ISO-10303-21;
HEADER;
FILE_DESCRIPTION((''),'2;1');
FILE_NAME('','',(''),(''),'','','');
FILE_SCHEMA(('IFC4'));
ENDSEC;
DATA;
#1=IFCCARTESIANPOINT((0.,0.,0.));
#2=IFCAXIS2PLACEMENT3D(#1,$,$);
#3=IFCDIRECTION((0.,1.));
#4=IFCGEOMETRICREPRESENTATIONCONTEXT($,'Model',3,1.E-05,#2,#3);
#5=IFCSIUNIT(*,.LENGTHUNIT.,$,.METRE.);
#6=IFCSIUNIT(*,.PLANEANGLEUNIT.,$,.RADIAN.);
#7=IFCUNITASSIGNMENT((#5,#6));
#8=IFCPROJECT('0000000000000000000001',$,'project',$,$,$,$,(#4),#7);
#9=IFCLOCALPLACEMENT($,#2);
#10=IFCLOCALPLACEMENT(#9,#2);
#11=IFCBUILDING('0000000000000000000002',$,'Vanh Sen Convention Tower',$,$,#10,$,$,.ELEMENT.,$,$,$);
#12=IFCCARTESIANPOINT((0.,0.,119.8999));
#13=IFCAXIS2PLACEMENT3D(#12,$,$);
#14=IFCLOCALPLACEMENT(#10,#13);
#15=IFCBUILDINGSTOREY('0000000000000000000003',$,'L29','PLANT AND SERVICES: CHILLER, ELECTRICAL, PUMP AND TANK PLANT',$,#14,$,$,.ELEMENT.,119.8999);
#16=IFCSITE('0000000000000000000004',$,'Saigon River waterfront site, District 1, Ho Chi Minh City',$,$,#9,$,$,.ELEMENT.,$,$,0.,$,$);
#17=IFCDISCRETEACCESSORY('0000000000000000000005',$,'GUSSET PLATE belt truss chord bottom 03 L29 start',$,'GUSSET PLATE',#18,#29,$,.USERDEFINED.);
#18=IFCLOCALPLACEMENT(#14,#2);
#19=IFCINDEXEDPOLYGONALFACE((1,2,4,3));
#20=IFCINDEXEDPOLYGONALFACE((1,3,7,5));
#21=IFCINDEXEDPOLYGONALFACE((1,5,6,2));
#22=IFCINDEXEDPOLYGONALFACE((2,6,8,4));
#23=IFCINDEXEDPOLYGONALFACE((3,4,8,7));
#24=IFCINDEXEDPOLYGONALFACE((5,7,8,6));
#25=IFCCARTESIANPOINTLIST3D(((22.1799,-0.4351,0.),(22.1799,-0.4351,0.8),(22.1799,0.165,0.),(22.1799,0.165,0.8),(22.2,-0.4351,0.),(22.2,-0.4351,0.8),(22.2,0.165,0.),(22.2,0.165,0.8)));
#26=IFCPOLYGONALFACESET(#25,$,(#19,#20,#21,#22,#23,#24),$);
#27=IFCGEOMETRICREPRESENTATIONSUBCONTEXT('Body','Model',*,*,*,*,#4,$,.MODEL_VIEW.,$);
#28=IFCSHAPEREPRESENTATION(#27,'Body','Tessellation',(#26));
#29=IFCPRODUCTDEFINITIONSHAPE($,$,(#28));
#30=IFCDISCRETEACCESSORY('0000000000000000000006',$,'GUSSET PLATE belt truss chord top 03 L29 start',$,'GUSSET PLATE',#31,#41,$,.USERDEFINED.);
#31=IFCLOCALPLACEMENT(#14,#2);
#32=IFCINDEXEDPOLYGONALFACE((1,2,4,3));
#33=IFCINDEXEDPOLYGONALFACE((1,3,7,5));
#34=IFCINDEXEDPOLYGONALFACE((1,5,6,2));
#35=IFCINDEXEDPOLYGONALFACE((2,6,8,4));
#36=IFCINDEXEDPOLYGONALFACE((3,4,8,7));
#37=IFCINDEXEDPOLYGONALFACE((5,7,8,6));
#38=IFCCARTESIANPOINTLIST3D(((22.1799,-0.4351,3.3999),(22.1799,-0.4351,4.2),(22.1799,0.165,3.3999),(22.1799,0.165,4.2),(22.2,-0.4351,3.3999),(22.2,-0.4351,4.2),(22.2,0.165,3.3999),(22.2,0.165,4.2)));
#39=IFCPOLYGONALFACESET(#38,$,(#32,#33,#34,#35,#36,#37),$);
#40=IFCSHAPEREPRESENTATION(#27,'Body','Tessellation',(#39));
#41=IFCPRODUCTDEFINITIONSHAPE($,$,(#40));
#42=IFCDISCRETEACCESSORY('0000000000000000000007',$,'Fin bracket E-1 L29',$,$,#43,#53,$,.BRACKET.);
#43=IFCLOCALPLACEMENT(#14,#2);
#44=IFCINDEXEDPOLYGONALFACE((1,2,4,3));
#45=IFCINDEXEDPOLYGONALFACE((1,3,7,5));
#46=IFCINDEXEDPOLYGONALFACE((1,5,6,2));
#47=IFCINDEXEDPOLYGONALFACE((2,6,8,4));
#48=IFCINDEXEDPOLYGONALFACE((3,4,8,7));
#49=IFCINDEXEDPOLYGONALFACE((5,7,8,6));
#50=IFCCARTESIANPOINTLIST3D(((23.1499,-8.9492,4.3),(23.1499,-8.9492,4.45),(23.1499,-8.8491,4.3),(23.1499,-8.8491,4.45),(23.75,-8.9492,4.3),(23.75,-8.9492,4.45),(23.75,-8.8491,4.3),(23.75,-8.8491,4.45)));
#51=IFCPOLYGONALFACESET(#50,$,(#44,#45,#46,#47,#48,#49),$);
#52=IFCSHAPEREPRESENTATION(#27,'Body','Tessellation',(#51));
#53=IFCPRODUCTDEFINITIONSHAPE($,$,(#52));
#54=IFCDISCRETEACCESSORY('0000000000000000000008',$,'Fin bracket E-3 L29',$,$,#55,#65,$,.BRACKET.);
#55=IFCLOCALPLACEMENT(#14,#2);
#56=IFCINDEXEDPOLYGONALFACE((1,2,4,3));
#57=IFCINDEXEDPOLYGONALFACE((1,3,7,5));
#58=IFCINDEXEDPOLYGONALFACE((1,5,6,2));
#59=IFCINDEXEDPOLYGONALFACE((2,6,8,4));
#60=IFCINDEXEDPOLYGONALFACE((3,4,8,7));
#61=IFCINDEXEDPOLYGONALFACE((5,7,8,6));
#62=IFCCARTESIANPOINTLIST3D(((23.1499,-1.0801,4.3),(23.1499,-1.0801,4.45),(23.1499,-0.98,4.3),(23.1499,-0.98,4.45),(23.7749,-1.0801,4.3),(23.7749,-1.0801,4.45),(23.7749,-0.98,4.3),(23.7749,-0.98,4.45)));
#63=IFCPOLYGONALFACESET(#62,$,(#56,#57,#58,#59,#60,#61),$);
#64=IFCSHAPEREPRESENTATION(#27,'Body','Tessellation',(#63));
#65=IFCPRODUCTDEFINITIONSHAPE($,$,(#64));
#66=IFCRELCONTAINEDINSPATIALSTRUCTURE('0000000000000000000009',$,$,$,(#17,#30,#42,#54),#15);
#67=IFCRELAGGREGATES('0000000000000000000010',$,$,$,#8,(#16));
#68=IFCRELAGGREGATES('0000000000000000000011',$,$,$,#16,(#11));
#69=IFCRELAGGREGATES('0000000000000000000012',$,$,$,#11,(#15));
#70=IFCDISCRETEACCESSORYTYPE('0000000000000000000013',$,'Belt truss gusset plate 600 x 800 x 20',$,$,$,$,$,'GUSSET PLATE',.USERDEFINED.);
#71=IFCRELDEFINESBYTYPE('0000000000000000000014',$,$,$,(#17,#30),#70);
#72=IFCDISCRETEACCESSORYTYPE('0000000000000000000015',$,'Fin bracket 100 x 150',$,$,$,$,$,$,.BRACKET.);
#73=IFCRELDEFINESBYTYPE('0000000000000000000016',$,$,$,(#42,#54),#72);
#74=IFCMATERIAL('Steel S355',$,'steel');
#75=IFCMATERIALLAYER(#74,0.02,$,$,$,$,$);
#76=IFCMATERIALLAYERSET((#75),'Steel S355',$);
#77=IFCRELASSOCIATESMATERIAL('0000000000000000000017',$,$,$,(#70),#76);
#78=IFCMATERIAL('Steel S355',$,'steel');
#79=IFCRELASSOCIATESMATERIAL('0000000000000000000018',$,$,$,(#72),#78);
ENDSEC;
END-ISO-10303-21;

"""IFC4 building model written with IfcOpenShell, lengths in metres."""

from ifc_helpers import new_model, si_unit, direction, frame, origin, origin_2d, place, context, subcontext, project, spatial, rectangle, extrude, material, layer, layer_set, type_object, element, save


model = new_model("IFC4")

# Units and contexts
model_context = context("Model", 3, precision=1e-05, world=origin(), true_north=direction((0.0, 1.0)))
body_context = subcontext(model_context, "Body", "Model", "MODEL_VIEW")
ifc_project = project(units=[si_unit("LENGTHUNIT", "METRE"), si_unit("PLANEANGLEUNIT", "RADIAN")], contexts=[model_context])

# Site, building, storey
site_placement = place(None, origin())
site = spatial("IfcSite", under=ifc_project, at=site_placement, Name="Saigon River waterfront site, District 1, Ho Chi Minh City", CompositionType="ELEMENT", RefElevation=0.0)
building_placement = place(site_placement, origin())
building = spatial("IfcBuilding", under=site, at=building_placement, Name="Vanh Sen Convention Tower", CompositionType="ELEMENT")
storey_placement = place(building_placement, frame((0.0, 0.0, 119.8999)))
storey = spatial("IfcBuildingStorey", under=building, at=storey_placement, Name="L29", Description="PLANT AND SERVICES: CHILLER, ELECTRICAL, PUMP AND TANK PLANT", CompositionType="ELEMENT", Elevation=119.8999)

# Shared definitions
ifc_material_1 = material(Name="Steel S355", Category="steel")

# Discrete accessories
ifc_layer_1 = layer(ifc_material_1, 0.02)
ifc_layer_set_1 = layer_set([ifc_layer_1], Name="Steel S355")
discrete_accessory_type_1 = type_object("IfcDiscreteAccessoryType", Name="Belt truss gusset plate 600 x 800 x 20", ElementType="GUSSET PLATE", PredefinedType="USERDEFINED", material=ifc_layer_set_1)
for number, where, z_axis, x_axis, name in (
    (1, (22.1899, -0.135, 0.0), (0.0, 0.0, 1.0), (0.0, 1.0, 0.0), "GUSSET PLATE belt truss chord bottom 03 L29 start"),
    (2, (22.1899, -0.135, 3.3999), (0.0, 0.0, 1.0), (0.0, 1.0, 0.0), "GUSSET PLATE belt truss chord top 03 L29 start"),
):
    element("IfcDiscreteAccessory", number, at=place(storey_placement, frame(where, z_axis=z_axis, x_axis=x_axis)), inside=storey, type_object=discrete_accessory_type_1, Name=name, ObjectType="GUSSET PLATE", PredefinedType="USERDEFINED", context=body_context, shape_type="SweptSolid", body=[
        extrude(rectangle(XDim=0.6001, YDim=0.02, at=origin_2d()), origin(), (0.0, 0.0, 1.0), 0.8),
    ])
ifc_material_2 = material(Name="Steel S355", Category="steel")
discrete_accessory_type_2 = type_object("IfcDiscreteAccessoryType", Name="Fin bracket 100 x 150", PredefinedType="BRACKET", material=ifc_material_2)
discrete_accessory_1_placement = place(storey_placement, frame((23.45, -8.8992, 4.3), z_axis=(0.0, 0.0, 1.0), x_axis=(1.0, 0.0, 0.0)))
element("IfcDiscreteAccessory", 3, at=discrete_accessory_1_placement, inside=storey, type_object=discrete_accessory_type_2, Name="Fin bracket E-1 L29", PredefinedType="BRACKET", context=body_context, shape_type="SweptSolid", body=[
    extrude(rectangle(XDim=0.6001, YDim=0.1001, at=origin_2d()), origin(), (0.0, 0.0, 1.0), 0.1499),
])
discrete_accessory_2_placement = place(storey_placement, frame((23.4624, -1.03, 4.3), z_axis=(0.0, 0.0, 1.0), x_axis=(1.0, 0.0, 0.0)))
element("IfcDiscreteAccessory", 4, at=discrete_accessory_2_placement, inside=storey, type_object=discrete_accessory_type_2, Name="Fin bracket E-3 L29", PredefinedType="BRACKET", context=body_context, shape_type="SweptSolid", body=[
    extrude(rectangle(XDim=0.625, YDim=0.1001, at=origin_2d()), origin(), (0.0, 0.0, 1.0), 0.1499),
])

save(model, "model.ifc")
